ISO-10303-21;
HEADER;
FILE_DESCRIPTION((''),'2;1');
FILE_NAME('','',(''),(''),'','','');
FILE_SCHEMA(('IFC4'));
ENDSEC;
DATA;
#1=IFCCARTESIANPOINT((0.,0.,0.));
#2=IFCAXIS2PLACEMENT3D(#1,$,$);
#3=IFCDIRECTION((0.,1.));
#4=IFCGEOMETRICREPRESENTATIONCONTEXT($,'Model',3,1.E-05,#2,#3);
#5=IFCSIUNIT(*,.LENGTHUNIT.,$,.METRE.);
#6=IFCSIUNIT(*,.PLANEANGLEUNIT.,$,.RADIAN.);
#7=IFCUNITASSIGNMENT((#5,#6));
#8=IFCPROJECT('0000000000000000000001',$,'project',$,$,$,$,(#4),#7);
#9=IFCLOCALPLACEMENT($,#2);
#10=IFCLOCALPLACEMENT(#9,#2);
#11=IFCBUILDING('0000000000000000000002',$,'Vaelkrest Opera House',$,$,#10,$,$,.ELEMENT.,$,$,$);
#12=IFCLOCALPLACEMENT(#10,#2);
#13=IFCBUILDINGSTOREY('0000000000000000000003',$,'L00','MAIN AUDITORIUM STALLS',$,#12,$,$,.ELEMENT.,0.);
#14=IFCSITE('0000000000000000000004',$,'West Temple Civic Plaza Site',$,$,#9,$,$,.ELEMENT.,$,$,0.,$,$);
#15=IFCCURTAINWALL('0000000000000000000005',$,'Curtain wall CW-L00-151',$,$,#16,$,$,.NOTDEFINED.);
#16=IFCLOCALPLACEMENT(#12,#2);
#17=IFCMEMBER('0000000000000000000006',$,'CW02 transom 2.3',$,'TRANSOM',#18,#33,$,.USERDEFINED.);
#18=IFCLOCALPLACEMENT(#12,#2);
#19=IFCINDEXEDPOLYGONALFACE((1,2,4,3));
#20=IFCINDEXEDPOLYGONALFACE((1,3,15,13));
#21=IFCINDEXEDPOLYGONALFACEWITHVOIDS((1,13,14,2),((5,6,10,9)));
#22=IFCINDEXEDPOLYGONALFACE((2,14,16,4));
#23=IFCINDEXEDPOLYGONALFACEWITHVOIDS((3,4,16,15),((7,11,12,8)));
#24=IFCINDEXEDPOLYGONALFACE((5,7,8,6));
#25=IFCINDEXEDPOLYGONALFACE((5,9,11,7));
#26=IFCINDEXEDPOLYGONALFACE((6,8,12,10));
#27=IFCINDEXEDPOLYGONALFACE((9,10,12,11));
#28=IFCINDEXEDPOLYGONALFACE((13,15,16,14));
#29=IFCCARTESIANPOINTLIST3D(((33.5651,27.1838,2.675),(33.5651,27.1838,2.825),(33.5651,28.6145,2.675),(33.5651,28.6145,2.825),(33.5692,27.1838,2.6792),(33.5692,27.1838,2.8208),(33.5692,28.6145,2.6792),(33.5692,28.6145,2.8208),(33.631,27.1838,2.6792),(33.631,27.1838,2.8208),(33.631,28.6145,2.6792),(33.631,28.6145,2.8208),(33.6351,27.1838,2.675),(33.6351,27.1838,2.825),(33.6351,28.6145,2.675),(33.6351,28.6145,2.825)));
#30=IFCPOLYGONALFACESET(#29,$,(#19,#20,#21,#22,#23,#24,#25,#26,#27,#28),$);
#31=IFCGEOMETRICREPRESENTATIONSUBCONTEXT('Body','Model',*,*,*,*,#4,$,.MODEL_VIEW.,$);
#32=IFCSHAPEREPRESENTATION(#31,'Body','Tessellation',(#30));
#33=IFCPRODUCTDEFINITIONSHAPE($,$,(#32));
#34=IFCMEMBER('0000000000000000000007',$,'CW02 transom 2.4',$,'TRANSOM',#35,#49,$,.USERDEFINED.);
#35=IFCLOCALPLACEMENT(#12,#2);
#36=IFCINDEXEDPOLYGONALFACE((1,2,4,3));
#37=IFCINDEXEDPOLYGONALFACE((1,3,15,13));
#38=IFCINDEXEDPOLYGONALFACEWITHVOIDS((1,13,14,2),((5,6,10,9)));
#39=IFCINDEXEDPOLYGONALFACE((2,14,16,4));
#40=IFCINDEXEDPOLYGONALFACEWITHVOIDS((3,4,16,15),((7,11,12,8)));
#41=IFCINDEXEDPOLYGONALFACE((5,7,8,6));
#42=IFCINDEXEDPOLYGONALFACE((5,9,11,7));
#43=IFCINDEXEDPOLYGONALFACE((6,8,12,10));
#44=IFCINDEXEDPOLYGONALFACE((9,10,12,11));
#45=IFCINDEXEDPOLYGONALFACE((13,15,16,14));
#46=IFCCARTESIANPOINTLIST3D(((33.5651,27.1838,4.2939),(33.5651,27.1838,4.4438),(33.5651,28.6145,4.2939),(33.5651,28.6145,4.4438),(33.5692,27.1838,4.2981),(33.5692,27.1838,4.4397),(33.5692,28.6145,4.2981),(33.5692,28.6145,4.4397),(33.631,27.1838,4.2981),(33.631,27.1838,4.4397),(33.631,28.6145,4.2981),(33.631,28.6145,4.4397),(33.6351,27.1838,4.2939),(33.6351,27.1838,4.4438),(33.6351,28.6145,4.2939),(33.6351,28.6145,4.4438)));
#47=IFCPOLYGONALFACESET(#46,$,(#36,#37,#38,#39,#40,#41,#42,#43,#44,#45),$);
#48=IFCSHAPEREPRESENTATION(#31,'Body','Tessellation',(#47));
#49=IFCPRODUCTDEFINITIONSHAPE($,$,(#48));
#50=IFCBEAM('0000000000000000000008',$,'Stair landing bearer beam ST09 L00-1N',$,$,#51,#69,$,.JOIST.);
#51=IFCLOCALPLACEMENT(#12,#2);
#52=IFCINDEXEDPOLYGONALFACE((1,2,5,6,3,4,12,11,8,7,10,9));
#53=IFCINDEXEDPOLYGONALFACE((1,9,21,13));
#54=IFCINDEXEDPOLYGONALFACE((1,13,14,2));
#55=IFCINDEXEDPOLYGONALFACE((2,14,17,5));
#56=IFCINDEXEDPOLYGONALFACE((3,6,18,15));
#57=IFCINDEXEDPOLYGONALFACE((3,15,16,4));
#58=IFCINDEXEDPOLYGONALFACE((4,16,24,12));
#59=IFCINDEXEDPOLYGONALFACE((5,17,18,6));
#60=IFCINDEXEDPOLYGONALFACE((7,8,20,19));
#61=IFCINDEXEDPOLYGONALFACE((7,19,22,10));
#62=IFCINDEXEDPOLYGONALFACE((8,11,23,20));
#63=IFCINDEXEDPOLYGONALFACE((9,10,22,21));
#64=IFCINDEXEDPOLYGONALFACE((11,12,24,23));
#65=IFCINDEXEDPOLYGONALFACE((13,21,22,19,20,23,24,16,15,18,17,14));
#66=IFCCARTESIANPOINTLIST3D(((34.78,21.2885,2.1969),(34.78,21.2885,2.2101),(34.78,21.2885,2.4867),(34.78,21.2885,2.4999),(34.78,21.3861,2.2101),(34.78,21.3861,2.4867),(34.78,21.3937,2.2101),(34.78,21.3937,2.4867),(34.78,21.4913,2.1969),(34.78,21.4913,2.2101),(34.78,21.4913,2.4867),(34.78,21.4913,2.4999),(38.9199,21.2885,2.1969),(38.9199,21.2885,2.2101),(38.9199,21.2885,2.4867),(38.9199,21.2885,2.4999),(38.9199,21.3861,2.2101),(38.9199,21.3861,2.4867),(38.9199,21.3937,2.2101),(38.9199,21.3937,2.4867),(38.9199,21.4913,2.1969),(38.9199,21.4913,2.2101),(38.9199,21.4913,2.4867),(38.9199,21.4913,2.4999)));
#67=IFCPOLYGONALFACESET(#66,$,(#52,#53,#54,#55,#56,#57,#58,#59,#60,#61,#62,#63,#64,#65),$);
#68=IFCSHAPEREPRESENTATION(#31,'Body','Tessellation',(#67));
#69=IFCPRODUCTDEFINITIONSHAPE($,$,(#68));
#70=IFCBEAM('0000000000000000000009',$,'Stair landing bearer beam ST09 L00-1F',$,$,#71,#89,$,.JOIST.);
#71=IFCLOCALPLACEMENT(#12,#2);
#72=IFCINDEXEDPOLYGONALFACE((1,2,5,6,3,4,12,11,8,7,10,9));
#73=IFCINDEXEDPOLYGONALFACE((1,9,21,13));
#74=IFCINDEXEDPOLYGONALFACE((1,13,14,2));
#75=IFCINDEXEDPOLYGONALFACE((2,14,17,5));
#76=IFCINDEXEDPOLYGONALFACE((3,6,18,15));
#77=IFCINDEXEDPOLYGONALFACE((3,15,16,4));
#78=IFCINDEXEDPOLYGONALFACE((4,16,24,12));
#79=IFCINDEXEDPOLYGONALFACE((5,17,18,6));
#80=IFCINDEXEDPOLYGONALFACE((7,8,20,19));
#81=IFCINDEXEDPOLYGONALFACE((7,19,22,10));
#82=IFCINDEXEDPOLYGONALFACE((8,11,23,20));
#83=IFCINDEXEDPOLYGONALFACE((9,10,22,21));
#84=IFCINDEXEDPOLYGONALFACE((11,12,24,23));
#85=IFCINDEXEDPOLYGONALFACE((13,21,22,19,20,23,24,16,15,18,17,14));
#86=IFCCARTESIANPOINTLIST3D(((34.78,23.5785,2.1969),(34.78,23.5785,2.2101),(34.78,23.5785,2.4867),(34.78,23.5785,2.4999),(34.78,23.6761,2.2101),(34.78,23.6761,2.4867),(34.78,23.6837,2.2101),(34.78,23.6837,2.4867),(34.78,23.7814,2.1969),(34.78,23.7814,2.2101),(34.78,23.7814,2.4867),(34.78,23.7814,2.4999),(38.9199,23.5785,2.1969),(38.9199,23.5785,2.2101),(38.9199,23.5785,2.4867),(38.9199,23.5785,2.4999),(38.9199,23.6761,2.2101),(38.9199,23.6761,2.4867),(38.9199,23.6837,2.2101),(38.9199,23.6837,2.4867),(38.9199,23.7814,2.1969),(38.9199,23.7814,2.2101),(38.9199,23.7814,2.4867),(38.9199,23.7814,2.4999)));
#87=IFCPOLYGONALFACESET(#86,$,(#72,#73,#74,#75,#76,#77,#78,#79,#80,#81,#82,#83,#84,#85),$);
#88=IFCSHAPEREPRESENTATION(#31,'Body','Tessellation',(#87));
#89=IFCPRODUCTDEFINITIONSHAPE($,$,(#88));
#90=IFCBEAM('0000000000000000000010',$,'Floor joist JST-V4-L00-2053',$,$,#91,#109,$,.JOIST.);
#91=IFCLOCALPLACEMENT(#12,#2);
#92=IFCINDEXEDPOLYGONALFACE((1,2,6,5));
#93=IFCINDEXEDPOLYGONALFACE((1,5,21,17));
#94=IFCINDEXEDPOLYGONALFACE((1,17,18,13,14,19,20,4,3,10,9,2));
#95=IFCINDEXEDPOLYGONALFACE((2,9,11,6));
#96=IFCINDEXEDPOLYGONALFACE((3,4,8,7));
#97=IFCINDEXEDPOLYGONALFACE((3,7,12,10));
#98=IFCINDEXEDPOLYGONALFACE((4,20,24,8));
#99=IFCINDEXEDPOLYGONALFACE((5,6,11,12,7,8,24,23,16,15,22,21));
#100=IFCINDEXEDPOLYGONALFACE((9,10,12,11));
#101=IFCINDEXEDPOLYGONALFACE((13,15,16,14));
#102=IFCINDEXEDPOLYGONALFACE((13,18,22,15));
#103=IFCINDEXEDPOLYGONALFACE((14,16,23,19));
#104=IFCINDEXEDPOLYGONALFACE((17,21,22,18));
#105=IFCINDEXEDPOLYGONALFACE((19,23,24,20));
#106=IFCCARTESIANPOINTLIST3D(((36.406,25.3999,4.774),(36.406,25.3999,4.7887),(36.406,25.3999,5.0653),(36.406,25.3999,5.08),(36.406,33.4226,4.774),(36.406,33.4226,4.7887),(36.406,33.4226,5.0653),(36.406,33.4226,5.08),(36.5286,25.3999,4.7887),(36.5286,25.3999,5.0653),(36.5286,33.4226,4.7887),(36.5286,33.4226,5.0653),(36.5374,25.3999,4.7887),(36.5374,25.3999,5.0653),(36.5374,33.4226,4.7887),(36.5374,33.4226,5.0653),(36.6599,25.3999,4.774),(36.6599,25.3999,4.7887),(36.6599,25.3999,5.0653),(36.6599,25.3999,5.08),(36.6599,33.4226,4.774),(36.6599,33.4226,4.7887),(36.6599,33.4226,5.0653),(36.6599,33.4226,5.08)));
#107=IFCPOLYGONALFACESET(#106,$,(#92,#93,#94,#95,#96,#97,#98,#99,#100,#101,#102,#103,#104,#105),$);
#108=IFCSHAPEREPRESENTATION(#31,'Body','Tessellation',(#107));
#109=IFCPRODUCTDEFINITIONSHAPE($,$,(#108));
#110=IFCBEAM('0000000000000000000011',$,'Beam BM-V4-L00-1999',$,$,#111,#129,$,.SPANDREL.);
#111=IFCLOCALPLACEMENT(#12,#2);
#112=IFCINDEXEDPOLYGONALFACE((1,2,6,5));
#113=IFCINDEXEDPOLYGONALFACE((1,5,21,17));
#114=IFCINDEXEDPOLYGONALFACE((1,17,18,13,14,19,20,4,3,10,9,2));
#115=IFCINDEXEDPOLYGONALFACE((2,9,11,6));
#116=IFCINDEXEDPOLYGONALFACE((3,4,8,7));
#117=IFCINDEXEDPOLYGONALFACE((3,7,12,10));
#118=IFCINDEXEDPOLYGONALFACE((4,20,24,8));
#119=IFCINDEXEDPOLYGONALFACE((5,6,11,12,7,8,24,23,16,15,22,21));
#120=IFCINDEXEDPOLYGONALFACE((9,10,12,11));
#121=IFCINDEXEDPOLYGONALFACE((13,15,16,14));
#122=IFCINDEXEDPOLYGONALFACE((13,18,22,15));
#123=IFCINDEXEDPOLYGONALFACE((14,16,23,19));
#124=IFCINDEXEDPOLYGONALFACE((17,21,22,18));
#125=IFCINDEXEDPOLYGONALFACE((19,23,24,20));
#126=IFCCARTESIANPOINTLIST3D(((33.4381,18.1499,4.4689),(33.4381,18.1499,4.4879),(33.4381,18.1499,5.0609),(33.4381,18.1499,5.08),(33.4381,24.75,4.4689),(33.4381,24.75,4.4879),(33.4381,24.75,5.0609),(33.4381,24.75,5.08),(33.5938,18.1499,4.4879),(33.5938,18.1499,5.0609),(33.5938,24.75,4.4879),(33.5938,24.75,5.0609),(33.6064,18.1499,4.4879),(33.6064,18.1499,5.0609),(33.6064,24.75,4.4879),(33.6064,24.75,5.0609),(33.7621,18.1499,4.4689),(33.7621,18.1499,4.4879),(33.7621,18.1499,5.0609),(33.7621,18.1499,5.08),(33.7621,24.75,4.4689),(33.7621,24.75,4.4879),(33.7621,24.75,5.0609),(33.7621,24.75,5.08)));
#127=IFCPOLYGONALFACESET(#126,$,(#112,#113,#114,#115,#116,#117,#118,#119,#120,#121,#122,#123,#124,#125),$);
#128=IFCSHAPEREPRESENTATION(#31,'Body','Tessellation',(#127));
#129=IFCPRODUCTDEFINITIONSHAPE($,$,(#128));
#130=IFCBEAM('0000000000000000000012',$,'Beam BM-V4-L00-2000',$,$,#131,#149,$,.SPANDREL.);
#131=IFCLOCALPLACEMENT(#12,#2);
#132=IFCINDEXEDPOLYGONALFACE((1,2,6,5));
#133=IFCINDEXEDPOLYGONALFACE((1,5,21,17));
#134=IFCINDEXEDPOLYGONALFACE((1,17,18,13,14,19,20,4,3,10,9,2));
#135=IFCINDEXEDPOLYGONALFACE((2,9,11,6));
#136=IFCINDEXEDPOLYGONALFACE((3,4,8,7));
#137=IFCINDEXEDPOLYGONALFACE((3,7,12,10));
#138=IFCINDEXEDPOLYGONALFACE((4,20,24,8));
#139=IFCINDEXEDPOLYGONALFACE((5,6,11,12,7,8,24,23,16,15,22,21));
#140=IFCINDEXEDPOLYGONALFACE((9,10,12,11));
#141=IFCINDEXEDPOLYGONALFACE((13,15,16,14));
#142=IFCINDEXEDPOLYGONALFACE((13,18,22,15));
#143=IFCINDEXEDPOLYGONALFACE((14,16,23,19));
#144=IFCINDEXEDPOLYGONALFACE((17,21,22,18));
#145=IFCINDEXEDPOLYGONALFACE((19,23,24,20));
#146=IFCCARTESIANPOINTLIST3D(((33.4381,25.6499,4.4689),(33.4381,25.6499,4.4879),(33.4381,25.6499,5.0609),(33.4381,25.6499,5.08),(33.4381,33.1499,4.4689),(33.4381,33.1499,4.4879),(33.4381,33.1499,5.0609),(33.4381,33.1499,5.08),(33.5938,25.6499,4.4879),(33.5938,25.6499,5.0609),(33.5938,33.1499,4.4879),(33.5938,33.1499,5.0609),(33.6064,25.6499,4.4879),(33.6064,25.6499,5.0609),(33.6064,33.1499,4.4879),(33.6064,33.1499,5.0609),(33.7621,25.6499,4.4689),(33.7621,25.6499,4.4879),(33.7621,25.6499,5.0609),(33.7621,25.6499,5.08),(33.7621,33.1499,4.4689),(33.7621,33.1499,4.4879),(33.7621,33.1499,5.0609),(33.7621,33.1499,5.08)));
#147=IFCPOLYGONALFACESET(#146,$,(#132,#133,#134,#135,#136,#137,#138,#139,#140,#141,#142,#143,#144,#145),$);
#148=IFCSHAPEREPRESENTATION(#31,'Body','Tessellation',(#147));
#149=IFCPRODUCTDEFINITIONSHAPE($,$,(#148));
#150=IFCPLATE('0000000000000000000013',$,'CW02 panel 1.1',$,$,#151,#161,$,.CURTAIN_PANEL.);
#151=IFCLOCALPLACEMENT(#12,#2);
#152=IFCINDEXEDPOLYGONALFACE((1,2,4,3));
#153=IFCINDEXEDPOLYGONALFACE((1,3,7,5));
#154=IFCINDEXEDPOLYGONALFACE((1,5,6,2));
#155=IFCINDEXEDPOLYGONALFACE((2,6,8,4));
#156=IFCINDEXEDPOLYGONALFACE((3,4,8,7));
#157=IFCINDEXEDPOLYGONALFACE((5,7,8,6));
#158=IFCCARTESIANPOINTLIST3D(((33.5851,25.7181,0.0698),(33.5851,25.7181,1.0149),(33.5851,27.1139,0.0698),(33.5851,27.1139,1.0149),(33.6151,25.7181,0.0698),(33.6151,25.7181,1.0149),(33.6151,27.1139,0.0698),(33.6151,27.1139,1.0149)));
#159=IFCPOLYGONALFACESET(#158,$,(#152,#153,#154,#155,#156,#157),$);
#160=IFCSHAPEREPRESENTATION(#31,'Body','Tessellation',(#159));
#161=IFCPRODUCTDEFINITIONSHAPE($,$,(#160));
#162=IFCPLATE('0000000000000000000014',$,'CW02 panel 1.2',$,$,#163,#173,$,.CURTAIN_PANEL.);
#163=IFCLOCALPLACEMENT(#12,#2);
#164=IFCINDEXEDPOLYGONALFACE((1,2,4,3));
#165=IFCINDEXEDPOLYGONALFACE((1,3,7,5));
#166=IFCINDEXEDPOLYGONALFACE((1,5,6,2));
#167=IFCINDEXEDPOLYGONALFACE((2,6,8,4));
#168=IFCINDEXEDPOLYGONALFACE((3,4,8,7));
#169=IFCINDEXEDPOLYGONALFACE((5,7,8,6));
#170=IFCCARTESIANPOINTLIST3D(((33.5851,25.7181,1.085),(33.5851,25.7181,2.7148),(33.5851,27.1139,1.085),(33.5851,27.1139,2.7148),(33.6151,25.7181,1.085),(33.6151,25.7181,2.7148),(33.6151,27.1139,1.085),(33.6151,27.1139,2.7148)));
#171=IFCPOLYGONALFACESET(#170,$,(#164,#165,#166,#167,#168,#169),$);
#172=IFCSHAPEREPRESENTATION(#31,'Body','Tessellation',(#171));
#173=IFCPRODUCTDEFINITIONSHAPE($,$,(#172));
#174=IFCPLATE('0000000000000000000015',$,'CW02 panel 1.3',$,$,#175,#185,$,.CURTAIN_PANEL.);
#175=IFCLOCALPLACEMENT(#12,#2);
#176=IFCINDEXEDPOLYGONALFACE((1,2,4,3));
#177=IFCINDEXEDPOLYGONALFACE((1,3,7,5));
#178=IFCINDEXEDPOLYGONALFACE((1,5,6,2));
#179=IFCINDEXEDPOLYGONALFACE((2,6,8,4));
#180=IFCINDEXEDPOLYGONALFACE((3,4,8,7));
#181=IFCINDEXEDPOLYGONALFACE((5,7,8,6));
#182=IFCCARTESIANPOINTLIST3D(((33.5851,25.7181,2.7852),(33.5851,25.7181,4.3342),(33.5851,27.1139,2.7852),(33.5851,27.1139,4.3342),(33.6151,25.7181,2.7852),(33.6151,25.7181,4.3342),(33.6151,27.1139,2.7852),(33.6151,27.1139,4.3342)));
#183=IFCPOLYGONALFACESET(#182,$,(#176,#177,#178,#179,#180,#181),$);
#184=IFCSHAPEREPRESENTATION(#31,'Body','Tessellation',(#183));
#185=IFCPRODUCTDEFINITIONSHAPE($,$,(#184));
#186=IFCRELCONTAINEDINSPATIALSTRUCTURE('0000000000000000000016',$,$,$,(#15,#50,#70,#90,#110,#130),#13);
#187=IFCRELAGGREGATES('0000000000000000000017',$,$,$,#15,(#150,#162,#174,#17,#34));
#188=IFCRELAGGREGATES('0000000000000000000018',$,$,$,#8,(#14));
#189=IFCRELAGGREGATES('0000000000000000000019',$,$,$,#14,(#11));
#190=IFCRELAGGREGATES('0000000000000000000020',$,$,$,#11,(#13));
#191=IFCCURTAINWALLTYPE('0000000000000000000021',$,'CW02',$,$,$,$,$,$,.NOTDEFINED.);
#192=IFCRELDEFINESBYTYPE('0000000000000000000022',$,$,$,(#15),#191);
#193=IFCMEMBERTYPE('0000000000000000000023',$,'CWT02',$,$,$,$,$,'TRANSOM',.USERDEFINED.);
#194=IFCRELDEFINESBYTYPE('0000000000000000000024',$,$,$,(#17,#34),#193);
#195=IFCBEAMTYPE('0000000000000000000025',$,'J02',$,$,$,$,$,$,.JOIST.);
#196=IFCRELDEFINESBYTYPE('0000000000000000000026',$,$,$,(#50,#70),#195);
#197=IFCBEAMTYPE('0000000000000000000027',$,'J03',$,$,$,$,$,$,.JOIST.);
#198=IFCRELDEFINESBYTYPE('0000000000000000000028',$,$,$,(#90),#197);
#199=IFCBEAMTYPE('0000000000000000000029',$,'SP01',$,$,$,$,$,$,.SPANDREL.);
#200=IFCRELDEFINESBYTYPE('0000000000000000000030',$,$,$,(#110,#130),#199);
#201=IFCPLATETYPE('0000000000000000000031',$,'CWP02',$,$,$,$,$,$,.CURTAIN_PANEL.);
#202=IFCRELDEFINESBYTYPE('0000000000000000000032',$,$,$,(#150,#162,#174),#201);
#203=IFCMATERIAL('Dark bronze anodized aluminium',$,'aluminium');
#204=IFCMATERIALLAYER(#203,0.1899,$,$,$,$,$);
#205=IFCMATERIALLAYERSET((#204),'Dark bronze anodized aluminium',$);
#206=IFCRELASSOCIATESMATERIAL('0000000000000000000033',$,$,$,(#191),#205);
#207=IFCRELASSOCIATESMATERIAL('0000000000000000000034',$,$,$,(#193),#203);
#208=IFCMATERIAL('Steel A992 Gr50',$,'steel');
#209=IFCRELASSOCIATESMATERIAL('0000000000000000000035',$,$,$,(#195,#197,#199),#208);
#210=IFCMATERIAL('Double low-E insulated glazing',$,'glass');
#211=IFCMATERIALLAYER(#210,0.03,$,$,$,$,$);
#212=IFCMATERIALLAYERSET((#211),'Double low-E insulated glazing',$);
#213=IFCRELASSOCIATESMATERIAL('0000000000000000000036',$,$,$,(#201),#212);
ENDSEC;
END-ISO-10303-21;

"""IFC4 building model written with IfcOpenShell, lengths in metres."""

from ifc_helpers import new_model, si_unit, direction, frame, origin, origin_2d, place, context, subcontext, project, spatial, rectangle, hollow_rectangle, i_section, extrude, material, layer, layer_set, material_profile, profile_set, type_object, element, aggregate, save


model = new_model("IFC4")

# Units and contexts
model_context = context("Model", 3, precision=1e-05, world=origin(), true_north=direction((0.0, 1.0)))
body_context = subcontext(model_context, "Body", "Model", "MODEL_VIEW")
ifc_project = project(units=[si_unit("LENGTHUNIT", "METRE"), si_unit("PLANEANGLEUNIT", "RADIAN")], contexts=[model_context])

# Site, building, storey
site_placement = place(None, origin())
site = spatial("IfcSite", under=ifc_project, at=site_placement, Name="West Temple Civic Plaza Site", CompositionType="ELEMENT", RefElevation=0.0)
building_placement = place(site_placement, origin())
building = spatial("IfcBuilding", under=site, at=building_placement, Name="Vaelkrest Opera House", CompositionType="ELEMENT")
storey_placement = place(building_placement, origin())
storey = spatial("IfcBuildingStorey", under=building, at=storey_placement, Name="L00", Description="MAIN AUDITORIUM STALLS", CompositionType="ELEMENT", Elevation=0.0)

# Curtain wall, members
ifc_material_1 = material(Name="Dark bronze anodized aluminium", Category="aluminium")
ifc_layer_1 = layer(ifc_material_1, 0.1899)
ifc_layer_set_1 = layer_set([ifc_layer_1], Name="Dark bronze anodized aluminium")
curtain_wall_type = type_object("IfcCurtainWallType", Name="CW02", PredefinedType="NOTDEFINED", material=ifc_layer_set_1)
curtain_wall_placement = place(storey_placement, origin())
curtain_wall = element("IfcCurtainWall", 1, at=curtain_wall_placement, inside=storey, type_object=curtain_wall_type, Name="Curtain wall CW-L00-151", PredefinedType="NOTDEFINED")
ifc_material_profile_1 = material_profile(ifc_material_1, hollow_rectangle(XDim=0.0701, YDim=0.1499, WallThickness=0.0042, at=origin_2d()), Name="CWT70X150")
ifc_profile_set_1 = profile_set([ifc_material_profile_1], Name="Dark bronze anodized aluminium")
member_type_1 = type_object("IfcMemberType", Name="CWT02", ElementType="TRANSOM", PredefinedType="USERDEFINED", material=ifc_profile_set_1)
member_1_placement = place(storey_placement, frame((33.6001, 27.1838, 2.75), z_axis=(0.0, 1.0, 0.0), x_axis=(-1.0, 0.0, 0.0)))
member_1 = element("IfcMember", 2, at=member_1_placement, type_object=member_type_1, Name="CW02 transom 2.3", ObjectType="TRANSOM", PredefinedType="USERDEFINED", context=body_context, shape_type="SweptSolid", body=[
    extrude(hollow_rectangle(XDim=0.0701, YDim=0.1499, WallThickness=0.0042, at=origin_2d()), origin(), (0.0, 0.0, 1.0), 1.4307),
])
member_2_placement = place(storey_placement, frame((33.6001, 27.1838, 4.3689), z_axis=(0.0, 1.0, 0.0), x_axis=(-1.0, 0.0, 0.0)))
member_2 = element("IfcMember", 3, at=member_2_placement, type_object=member_type_1, Name="CW02 transom 2.4", ObjectType="TRANSOM", PredefinedType="USERDEFINED", context=body_context, shape_type="SweptSolid", body=[
    extrude(hollow_rectangle(XDim=0.0701, YDim=0.1499, WallThickness=0.0042, at=origin_2d()), origin(), (0.0, 0.0, 1.0), 1.4307),
])

# Beams
ifc_material_2 = material(Name="Steel A992 Gr50", Category="steel")
ifc_material_profile_2 = material_profile(ifc_material_2, i_section(OverallWidth=0.2029, OverallDepth=0.303, WebThickness=0.0076, FlangeThickness=0.0132, at=origin_2d()), Name="W12X40")
ifc_profile_set_2 = profile_set([ifc_material_profile_2], Name="Steel A992 Gr50")
beam_type_1 = type_object("IfcBeamType", Name="J02", PredefinedType="JOIST", material=ifc_profile_set_2)
for number, where, z_axis, x_axis, name in (
    (4, (34.78, 21.3899, 2.3484), (1.0, 0.0, 0.0), (0.0, 1.0, 0.0), "Stair landing bearer beam ST09 L00-1N"),
    (5, (34.78, 23.6799, 2.3484), (1.0, 0.0, 0.0), (0.0, 1.0, 0.0), "Stair landing bearer beam ST09 L00-1F"),
):
    element("IfcBeam", number, at=place(storey_placement, frame(where, z_axis=z_axis, x_axis=x_axis)), inside=storey, type_object=beam_type_1, Name=name, PredefinedType="JOIST", context=body_context, shape_type="SweptSolid", body=[
        extrude(i_section(OverallWidth=0.2029, OverallDepth=0.303, WebThickness=0.0076, FlangeThickness=0.0132, at=origin_2d()), origin(), (0.0, 0.0, 1.0), 4.1399),
    ])
ifc_material_profile_3 = material_profile(ifc_material_2, i_section(OverallWidth=0.2539, OverallDepth=0.3059, WebThickness=0.0088, FlangeThickness=0.0146, at=origin_2d()), Name="W12X53")
ifc_profile_set_3 = profile_set([ifc_material_profile_3], Name="Steel A992 Gr50")
beam_type_2 = type_object("IfcBeamType", Name="J03", PredefinedType="JOIST", material=ifc_profile_set_3)
beam_1_placement = place(storey_placement, frame((36.533, 25.3999, 4.927), z_axis=(0.0, 1.0, 0.0), x_axis=(-1.0, 0.0, 0.0)))
element("IfcBeam", 6, at=beam_1_placement, inside=storey, type_object=beam_type_2, Name="Floor joist JST-V4-L00-2053", PredefinedType="JOIST", context=body_context, shape_type="SweptSolid", body=[
    extrude(i_section(OverallWidth=0.2539, OverallDepth=0.3059, WebThickness=0.0088, FlangeThickness=0.0146, at=origin_2d()), origin(), (0.0, 0.0, 1.0), 8.0227),
])
ifc_material_profile_4 = material_profile(ifc_material_2, i_section(OverallWidth=0.324, OverallDepth=0.6111, WebThickness=0.0127, FlangeThickness=0.019, at=origin_2d()), Name="W24X104")
ifc_profile_set_4 = profile_set([ifc_material_profile_4], Name="Steel A992 Gr50")
beam_type_3 = type_object("IfcBeamType", Name="SP01", PredefinedType="SPANDREL", material=ifc_profile_set_4)
beam_2_placement = place(storey_placement, frame((33.6001, 18.1499, 4.7744), z_axis=(0.0, 1.0, 0.0), x_axis=(-1.0, 0.0, 0.0)))
element("IfcBeam", 7, at=beam_2_placement, inside=storey, type_object=beam_type_3, Name="Beam BM-V4-L00-1999", PredefinedType="SPANDREL", context=body_context, shape_type="SweptSolid", body=[
    extrude(i_section(OverallWidth=0.324, OverallDepth=0.6111, WebThickness=0.0127, FlangeThickness=0.019, at=origin_2d()), origin(), (0.0, 0.0, 1.0), 6.6001),
])
beam_3_placement = place(storey_placement, frame((33.6001, 25.6499, 4.7744), z_axis=(0.0, 1.0, 0.0), x_axis=(-1.0, 0.0, 0.0)))
element("IfcBeam", 8, at=beam_3_placement, inside=storey, type_object=beam_type_3, Name="Beam BM-V4-L00-2000", PredefinedType="SPANDREL", context=body_context, shape_type="SweptSolid", body=[
    extrude(i_section(OverallWidth=0.324, OverallDepth=0.6111, WebThickness=0.0127, FlangeThickness=0.019, at=origin_2d()), origin(), (0.0, 0.0, 1.0), 7.5),
])

# Plates
ifc_material_3 = material(Name="Double low-E insulated glazing", Category="glass")
ifc_layer_2 = layer(ifc_material_3, 0.03)
ifc_layer_set_2 = layer_set([ifc_layer_2], Name="Double low-E insulated glazing")
plate_type = type_object("IfcPlateType", Name="CWP02", PredefinedType="CURTAIN_PANEL", material=ifc_layer_set_2)
plate_1_placement = place(storey_placement, frame((33.6001, 26.416, 0.0698), z_axis=(0.0, 0.0, 1.0), x_axis=(0.0, 1.0, 0.0)))
plate_1 = element("IfcPlate", 9, at=plate_1_placement, type_object=plate_type, Name="CW02 panel 1.1", PredefinedType="CURTAIN_PANEL", context=body_context, shape_type="SweptSolid", body=[
    extrude(rectangle(XDim=1.3958, YDim=0.03, at=origin_2d()), origin(), (0.0, 0.0, 1.0), 0.9451),
])
plate_2_placement = place(storey_placement, frame((33.6001, 26.416, 1.085), z_axis=(0.0, 0.0, 1.0), x_axis=(0.0, 1.0, 0.0)))
plate_2 = element("IfcPlate", 10, at=plate_2_placement, type_object=plate_type, Name="CW02 panel 1.2", PredefinedType="CURTAIN_PANEL", context=body_context, shape_type="SweptSolid", body=[
    extrude(rectangle(XDim=1.3958, YDim=0.03, at=origin_2d()), origin(), (0.0, 0.0, 1.0), 1.6299),
])
plate_3_placement = place(storey_placement, frame((33.6001, 26.416, 2.7852), z_axis=(0.0, 0.0, 1.0), x_axis=(0.0, 1.0, 0.0)))
plate_3 = element("IfcPlate", 11, at=plate_3_placement, type_object=plate_type, Name="CW02 panel 1.3", PredefinedType="CURTAIN_PANEL", context=body_context, shape_type="SweptSolid", body=[
    extrude(rectangle(XDim=1.3958, YDim=0.03, at=origin_2d()), origin(), (0.0, 0.0, 1.0), 1.5491),
])
aggregate(curtain_wall, [plate_1, plate_2, plate_3, member_1, member_2])

save(model, "model.ifc")
